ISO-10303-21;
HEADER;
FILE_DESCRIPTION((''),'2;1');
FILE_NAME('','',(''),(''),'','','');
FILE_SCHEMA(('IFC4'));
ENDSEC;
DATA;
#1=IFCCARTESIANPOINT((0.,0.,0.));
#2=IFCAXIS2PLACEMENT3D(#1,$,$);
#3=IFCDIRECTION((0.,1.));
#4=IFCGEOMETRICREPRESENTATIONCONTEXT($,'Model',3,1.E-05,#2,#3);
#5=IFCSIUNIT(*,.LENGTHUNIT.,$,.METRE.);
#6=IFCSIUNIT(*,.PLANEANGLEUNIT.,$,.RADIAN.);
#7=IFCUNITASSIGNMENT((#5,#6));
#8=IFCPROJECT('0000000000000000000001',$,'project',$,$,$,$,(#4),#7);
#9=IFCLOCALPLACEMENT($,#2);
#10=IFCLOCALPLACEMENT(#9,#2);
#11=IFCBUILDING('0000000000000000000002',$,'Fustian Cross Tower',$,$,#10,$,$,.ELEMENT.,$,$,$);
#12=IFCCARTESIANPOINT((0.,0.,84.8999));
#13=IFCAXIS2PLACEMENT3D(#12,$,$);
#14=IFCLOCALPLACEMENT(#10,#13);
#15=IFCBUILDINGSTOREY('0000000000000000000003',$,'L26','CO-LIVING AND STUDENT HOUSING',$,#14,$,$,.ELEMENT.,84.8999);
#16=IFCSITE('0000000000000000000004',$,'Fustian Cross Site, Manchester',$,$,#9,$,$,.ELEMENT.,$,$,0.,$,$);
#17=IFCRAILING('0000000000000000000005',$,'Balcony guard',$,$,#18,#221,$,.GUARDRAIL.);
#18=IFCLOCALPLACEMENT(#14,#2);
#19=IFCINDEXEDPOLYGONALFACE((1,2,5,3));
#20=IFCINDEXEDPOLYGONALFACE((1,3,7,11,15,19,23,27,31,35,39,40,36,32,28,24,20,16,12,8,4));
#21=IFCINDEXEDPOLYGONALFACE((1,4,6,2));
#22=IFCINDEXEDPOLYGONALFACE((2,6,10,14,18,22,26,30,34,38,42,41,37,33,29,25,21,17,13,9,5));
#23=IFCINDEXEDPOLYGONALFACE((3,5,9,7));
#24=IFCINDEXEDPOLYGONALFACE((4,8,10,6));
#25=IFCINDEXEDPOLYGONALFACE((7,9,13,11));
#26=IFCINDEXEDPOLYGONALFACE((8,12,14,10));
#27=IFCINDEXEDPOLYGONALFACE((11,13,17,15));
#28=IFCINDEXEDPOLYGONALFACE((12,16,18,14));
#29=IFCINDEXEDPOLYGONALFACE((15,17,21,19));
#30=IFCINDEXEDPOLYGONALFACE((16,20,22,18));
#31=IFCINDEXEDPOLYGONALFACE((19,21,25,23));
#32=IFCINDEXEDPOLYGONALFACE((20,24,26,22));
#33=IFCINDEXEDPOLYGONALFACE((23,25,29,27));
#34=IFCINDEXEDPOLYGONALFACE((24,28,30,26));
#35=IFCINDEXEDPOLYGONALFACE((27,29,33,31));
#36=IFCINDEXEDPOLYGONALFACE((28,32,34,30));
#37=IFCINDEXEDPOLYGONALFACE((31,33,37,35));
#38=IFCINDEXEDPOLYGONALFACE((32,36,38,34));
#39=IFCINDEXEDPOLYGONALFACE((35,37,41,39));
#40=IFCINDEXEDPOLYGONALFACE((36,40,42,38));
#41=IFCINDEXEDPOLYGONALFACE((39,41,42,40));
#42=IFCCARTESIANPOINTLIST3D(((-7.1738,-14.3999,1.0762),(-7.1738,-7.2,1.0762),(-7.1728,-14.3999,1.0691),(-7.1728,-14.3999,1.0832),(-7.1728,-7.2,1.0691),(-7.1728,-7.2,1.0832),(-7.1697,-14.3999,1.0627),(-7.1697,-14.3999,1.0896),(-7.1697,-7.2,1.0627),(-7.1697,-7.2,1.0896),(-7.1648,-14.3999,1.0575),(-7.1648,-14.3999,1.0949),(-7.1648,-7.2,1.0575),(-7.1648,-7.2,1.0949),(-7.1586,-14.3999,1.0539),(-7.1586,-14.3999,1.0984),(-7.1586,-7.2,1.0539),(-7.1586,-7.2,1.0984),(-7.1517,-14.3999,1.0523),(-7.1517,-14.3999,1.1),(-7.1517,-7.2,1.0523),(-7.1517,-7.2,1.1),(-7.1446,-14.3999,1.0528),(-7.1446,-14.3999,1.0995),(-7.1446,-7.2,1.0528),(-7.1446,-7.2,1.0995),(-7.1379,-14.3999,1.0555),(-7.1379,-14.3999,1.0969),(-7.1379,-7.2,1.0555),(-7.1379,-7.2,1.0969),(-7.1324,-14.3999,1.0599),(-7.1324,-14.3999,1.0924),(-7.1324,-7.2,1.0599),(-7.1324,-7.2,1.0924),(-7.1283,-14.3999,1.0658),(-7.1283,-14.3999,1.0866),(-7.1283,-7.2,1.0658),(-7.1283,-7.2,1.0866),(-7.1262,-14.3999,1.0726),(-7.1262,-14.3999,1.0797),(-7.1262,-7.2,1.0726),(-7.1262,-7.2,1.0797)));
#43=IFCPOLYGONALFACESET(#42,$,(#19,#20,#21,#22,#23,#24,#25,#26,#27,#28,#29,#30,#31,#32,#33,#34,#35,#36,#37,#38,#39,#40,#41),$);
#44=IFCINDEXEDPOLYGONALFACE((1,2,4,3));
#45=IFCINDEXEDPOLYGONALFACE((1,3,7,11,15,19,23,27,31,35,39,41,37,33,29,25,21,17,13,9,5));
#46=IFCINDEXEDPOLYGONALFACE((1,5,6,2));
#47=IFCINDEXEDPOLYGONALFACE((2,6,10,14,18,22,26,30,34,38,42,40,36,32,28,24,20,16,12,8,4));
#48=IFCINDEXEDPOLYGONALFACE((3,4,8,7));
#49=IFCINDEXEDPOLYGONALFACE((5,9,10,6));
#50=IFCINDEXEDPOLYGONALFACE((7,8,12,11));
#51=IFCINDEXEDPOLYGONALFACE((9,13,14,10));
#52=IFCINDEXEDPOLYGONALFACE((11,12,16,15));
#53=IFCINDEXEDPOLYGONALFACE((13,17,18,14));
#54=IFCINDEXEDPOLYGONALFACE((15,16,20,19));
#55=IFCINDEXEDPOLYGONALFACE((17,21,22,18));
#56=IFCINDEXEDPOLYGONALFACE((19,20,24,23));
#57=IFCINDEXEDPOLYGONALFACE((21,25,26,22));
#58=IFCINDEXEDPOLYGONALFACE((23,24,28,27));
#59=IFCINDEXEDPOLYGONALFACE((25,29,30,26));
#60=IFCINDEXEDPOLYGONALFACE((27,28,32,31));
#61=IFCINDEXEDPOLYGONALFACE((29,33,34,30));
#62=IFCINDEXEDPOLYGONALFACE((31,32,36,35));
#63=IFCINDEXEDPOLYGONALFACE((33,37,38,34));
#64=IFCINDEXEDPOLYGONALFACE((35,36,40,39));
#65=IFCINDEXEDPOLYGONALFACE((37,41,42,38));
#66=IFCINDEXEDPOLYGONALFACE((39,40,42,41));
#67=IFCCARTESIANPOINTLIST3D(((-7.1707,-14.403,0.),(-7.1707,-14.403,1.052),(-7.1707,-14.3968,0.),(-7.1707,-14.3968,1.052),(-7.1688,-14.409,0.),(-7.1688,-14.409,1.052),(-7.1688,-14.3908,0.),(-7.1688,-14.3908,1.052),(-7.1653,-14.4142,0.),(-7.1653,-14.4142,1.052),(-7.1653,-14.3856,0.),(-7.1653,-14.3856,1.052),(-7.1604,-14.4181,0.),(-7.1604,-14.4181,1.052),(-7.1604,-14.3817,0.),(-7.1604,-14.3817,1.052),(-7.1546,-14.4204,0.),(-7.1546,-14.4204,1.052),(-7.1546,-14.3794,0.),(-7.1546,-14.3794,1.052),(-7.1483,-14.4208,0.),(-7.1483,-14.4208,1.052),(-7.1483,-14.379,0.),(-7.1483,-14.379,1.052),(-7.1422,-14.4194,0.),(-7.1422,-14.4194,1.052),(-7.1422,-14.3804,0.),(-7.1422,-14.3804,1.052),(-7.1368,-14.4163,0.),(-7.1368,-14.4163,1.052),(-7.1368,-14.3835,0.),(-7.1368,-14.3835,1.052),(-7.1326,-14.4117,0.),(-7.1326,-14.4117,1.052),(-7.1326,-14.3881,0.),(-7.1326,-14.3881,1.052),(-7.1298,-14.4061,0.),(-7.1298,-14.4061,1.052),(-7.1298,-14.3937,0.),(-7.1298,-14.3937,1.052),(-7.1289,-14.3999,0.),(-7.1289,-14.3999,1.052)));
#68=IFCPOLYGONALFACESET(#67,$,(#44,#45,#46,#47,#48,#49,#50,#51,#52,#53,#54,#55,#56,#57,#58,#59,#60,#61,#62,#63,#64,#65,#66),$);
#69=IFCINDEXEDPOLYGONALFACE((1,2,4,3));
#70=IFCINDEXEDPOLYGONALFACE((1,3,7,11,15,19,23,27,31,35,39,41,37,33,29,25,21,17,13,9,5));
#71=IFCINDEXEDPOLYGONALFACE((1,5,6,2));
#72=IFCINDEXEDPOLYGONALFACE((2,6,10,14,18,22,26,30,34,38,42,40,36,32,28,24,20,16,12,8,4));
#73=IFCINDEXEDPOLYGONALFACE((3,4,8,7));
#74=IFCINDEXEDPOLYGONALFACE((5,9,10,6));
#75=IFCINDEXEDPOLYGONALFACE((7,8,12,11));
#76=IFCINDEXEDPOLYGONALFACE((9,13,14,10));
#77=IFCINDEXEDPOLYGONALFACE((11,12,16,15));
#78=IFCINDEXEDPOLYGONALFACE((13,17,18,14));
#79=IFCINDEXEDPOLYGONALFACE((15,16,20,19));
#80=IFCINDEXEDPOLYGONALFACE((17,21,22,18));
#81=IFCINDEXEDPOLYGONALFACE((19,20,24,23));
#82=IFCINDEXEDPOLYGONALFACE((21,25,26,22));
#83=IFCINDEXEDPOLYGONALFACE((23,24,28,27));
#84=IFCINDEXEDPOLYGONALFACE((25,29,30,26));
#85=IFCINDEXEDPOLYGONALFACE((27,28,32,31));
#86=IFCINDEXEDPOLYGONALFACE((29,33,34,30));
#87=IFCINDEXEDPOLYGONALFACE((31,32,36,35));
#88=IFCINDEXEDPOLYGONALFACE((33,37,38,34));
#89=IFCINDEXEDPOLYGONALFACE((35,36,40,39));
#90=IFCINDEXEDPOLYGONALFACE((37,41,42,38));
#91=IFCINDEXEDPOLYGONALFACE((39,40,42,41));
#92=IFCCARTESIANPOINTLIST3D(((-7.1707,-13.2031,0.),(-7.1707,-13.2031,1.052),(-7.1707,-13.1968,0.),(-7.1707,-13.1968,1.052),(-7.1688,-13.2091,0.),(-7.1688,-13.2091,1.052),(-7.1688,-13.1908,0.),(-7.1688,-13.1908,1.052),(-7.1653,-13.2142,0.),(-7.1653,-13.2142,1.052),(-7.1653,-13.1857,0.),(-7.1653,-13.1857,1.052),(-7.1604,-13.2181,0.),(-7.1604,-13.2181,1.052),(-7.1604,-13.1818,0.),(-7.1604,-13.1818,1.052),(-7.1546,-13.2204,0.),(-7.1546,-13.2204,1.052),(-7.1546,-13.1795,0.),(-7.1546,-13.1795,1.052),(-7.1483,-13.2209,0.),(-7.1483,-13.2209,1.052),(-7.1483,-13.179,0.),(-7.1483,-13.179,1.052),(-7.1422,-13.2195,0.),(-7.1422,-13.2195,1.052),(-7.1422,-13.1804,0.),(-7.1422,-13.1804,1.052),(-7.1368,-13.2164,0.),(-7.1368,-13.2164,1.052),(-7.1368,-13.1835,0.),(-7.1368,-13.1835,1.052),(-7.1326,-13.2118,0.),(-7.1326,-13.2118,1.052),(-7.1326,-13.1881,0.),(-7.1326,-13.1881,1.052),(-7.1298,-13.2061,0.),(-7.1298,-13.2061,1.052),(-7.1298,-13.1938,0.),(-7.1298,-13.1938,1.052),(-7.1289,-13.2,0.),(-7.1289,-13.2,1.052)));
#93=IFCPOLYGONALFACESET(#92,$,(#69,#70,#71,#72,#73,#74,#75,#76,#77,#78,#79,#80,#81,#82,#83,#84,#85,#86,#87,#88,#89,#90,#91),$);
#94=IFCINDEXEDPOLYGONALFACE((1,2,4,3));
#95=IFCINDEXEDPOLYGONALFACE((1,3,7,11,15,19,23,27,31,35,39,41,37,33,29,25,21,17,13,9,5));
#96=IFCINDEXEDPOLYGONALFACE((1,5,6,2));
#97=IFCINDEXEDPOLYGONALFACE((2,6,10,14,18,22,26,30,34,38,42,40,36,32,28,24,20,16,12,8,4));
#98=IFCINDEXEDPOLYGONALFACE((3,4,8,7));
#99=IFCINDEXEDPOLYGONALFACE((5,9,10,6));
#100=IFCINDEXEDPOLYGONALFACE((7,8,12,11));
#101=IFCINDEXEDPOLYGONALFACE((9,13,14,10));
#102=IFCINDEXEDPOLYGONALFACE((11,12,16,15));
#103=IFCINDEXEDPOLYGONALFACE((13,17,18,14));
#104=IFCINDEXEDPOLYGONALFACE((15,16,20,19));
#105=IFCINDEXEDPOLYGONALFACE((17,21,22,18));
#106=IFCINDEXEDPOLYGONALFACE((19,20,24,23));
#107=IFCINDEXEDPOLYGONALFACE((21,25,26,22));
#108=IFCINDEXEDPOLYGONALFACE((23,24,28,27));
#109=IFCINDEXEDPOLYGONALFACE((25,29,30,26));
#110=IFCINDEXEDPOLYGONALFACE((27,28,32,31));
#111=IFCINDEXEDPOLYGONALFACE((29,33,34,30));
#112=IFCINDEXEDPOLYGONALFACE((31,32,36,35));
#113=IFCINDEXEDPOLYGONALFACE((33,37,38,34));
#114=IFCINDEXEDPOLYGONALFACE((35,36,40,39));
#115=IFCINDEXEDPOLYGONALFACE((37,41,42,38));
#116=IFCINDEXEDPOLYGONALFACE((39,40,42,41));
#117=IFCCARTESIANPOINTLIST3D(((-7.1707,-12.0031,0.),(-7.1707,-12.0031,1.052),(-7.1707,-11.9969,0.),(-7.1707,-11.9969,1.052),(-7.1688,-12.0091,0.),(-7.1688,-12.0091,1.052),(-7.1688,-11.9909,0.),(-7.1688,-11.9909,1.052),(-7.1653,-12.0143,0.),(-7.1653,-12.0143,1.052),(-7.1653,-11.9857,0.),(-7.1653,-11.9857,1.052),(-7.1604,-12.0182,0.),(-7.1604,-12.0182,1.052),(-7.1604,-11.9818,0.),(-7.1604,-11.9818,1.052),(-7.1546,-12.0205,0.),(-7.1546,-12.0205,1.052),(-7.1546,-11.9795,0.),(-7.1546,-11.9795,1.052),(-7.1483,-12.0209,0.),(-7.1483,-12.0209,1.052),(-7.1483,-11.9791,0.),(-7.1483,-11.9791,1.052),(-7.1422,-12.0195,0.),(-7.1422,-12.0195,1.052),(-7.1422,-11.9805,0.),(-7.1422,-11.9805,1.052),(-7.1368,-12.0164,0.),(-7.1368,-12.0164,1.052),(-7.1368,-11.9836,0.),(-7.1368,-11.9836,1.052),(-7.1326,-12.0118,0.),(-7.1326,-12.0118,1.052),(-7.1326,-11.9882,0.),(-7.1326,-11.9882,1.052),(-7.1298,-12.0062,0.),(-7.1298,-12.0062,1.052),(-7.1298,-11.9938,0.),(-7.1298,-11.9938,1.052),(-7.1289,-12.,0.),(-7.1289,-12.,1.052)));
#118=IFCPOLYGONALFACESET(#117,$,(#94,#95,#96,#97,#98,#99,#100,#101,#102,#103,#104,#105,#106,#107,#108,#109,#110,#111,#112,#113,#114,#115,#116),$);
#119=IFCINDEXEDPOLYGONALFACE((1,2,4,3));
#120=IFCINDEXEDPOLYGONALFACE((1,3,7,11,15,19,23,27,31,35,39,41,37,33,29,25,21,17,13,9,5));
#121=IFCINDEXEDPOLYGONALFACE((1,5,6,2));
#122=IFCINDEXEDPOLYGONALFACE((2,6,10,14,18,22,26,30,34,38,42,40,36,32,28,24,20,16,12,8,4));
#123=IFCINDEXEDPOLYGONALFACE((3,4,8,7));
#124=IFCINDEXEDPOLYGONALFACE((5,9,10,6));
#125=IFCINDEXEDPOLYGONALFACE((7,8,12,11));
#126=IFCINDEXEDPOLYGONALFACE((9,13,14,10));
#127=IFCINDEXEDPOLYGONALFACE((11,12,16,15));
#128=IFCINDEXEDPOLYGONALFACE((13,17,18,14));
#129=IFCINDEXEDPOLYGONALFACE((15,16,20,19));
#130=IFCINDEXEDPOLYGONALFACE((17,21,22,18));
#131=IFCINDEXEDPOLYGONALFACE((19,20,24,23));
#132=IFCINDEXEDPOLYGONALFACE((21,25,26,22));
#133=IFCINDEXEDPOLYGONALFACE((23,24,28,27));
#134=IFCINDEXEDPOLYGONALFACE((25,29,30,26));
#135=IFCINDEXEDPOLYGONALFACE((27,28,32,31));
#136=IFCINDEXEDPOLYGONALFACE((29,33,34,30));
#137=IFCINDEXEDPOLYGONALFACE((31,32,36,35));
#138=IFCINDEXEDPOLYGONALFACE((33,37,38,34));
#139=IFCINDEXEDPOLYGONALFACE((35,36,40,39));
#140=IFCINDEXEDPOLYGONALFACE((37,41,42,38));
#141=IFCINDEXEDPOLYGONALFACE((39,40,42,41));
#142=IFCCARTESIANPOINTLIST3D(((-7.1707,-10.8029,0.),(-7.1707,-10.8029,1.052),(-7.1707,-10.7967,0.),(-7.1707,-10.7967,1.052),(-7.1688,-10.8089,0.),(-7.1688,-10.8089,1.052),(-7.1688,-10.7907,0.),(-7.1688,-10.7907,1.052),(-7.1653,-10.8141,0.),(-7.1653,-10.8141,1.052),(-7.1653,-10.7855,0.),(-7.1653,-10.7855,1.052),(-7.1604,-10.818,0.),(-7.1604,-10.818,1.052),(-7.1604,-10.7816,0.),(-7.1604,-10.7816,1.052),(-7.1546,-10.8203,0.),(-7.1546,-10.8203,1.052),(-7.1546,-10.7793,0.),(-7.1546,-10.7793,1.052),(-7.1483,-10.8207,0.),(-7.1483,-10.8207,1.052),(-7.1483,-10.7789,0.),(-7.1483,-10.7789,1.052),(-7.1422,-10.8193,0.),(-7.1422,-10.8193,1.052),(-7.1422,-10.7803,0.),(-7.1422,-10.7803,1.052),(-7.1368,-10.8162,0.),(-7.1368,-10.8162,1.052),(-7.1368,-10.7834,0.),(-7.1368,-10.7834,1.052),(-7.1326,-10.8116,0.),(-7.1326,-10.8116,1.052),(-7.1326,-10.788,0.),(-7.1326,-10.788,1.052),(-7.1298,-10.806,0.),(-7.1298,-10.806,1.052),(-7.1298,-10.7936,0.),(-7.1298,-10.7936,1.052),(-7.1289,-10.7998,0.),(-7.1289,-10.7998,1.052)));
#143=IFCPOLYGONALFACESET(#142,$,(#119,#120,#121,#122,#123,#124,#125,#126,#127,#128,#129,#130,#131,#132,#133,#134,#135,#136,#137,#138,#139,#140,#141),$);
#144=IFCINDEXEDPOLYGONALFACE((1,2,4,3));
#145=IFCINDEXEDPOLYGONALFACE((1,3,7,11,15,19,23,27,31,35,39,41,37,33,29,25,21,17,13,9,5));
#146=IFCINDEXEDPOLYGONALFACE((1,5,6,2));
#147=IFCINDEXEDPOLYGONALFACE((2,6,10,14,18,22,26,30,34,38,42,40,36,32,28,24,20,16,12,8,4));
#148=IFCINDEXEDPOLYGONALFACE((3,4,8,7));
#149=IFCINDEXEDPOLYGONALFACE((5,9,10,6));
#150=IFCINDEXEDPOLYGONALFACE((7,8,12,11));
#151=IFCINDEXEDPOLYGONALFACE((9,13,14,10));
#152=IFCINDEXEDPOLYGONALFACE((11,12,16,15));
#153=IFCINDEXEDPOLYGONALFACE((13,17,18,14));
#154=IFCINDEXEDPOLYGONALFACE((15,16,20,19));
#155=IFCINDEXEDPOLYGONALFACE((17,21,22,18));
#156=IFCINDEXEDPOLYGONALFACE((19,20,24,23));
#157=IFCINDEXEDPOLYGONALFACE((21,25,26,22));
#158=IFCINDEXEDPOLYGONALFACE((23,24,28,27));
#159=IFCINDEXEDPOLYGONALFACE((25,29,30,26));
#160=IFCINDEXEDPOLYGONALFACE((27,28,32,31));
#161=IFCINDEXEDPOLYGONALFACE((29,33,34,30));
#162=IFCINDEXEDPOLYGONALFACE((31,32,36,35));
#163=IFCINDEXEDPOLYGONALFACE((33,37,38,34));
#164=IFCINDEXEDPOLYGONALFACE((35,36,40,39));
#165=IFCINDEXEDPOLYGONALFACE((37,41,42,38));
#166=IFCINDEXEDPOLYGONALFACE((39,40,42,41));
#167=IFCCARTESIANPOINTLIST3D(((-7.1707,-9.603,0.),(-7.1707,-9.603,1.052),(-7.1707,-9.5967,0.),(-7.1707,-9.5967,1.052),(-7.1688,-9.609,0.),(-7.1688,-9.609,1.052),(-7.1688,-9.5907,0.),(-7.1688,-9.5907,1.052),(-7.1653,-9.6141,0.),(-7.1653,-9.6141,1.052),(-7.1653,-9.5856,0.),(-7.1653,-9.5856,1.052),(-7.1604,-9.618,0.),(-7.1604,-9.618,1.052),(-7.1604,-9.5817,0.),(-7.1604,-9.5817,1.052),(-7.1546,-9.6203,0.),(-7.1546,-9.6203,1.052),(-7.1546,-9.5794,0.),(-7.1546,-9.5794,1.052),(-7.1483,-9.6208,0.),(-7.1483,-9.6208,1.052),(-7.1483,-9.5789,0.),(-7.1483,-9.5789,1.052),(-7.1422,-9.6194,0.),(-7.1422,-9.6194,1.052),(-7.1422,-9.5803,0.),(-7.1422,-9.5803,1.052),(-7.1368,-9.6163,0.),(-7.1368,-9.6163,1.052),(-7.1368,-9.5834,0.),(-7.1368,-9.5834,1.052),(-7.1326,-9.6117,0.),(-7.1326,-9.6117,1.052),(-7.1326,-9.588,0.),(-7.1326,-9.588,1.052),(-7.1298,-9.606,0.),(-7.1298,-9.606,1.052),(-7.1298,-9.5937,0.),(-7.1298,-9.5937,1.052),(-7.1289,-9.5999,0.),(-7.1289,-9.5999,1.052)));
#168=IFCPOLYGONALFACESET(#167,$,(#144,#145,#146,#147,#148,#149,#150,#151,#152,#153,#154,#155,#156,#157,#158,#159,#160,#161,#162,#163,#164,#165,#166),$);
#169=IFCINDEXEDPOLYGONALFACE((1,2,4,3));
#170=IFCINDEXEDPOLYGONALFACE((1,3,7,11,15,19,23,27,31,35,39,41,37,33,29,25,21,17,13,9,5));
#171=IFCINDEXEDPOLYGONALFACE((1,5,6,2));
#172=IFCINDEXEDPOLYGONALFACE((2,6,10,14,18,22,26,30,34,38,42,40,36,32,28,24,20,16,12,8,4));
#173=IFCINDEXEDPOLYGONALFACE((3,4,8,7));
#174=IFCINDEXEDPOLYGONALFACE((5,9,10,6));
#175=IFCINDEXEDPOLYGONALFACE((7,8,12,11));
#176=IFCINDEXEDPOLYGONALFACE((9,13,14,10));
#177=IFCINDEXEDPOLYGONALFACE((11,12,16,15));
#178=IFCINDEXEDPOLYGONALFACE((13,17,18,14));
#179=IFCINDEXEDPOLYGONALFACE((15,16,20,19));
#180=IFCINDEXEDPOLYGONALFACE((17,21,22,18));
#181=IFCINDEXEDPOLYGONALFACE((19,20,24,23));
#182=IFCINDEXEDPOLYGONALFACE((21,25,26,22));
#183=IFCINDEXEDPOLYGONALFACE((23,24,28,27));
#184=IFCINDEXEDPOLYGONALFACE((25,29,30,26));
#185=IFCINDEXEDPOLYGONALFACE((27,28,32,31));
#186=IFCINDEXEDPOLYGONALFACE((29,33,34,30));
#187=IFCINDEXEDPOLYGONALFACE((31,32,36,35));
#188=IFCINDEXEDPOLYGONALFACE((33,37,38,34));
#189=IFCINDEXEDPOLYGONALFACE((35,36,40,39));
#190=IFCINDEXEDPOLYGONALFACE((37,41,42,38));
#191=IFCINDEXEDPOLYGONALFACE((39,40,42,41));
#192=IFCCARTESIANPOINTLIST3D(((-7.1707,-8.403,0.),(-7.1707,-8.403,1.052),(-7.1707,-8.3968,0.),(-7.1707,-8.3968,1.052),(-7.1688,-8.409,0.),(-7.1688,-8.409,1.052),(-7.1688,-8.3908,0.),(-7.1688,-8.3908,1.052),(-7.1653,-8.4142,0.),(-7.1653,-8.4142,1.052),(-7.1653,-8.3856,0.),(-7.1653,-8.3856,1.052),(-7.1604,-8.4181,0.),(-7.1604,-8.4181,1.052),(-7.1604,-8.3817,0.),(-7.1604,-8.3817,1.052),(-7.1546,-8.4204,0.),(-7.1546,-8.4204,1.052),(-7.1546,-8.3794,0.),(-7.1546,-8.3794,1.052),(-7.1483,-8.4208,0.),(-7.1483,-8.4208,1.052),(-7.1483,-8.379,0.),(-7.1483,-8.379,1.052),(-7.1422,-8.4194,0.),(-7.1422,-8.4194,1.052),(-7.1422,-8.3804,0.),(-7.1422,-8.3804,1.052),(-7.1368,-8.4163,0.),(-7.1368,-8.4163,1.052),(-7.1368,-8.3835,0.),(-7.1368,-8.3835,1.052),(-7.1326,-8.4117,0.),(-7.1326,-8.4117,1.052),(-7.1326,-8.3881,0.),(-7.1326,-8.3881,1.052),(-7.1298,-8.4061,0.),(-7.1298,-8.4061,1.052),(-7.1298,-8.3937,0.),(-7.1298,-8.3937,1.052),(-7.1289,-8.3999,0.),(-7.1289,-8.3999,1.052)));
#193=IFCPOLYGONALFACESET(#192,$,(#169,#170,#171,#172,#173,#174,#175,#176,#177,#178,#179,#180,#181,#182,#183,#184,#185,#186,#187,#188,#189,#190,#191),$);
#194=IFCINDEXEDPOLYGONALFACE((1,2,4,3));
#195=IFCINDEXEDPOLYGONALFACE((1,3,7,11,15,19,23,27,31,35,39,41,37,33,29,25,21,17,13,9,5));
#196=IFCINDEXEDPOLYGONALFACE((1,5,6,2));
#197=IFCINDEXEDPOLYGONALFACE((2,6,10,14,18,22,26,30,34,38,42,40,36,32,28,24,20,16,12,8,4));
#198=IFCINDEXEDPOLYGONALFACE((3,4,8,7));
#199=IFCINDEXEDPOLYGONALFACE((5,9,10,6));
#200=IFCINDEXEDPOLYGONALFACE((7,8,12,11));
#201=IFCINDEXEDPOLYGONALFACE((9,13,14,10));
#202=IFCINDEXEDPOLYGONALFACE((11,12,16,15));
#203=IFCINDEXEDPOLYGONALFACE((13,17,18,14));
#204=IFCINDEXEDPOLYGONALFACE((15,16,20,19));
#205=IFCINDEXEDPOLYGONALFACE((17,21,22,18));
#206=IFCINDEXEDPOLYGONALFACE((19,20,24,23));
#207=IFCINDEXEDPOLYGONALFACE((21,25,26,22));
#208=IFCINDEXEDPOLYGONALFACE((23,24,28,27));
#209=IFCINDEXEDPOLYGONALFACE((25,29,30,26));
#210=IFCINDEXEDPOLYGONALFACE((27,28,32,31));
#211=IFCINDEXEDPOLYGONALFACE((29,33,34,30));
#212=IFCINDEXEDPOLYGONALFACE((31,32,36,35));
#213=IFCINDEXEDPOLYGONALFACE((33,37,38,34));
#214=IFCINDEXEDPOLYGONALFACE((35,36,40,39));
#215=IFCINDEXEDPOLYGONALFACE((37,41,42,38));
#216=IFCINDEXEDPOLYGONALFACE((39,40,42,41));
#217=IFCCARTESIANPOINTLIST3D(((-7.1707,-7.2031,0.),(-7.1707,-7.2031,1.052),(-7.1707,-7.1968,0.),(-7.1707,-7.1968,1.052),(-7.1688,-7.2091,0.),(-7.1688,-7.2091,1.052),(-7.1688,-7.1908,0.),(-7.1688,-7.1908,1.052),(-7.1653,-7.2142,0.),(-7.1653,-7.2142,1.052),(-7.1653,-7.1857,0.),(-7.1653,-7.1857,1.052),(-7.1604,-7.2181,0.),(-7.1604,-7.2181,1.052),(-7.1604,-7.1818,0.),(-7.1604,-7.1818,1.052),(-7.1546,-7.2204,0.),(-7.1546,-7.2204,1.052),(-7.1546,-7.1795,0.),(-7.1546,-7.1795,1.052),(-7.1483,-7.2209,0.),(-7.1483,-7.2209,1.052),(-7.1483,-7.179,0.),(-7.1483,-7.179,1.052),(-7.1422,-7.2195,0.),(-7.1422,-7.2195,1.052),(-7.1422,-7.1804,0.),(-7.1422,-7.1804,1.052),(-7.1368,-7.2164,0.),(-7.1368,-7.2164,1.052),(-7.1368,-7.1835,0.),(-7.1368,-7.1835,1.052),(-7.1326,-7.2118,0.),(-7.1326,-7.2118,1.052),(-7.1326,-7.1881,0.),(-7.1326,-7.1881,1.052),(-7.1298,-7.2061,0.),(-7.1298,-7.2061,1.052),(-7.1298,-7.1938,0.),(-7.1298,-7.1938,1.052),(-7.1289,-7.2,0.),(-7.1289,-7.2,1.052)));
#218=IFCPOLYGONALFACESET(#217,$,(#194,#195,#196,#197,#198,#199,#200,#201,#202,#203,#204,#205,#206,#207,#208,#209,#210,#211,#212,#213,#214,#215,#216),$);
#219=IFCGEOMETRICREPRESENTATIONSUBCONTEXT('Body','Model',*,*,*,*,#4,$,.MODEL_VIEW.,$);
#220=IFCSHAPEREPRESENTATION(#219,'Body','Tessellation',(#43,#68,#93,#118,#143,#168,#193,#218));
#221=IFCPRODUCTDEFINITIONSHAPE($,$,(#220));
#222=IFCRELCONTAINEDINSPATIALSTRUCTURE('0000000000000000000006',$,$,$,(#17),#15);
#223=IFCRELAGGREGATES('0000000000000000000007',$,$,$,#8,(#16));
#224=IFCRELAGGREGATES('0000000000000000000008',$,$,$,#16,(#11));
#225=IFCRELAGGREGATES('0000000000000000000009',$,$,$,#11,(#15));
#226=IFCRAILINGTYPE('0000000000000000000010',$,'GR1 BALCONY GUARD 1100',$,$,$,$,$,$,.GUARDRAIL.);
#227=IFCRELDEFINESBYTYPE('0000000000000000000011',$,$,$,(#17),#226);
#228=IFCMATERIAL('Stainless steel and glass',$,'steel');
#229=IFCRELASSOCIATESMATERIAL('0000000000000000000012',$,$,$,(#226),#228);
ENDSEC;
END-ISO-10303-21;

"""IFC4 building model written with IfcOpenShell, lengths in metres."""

from ifc_helpers import new_model, si_unit, direction, frame, origin, origin_2d, place, context, subcontext, project, spatial, circle, extrude, material, type_object, element, save


model = new_model("IFC4")

# Units and contexts
model_context = context("Model", 3, precision=1e-05, world=origin(), true_north=direction((0.0, 1.0)))
body_context = subcontext(model_context, "Body", "Model", "MODEL_VIEW")
ifc_project = project(units=[si_unit("LENGTHUNIT", "METRE"), si_unit("PLANEANGLEUNIT", "RADIAN")], contexts=[model_context])

# Site, building, storey
site_placement = place(None, origin())
site = spatial("IfcSite", under=ifc_project, at=site_placement, Name="Fustian Cross Site, Manchester", CompositionType="ELEMENT", RefElevation=0.0)
building_placement = place(site_placement, origin())
building = spatial("IfcBuilding", under=site, at=building_placement, Name="Fustian Cross Tower", CompositionType="ELEMENT")
storey_placement = place(building_placement, frame((0.0, 0.0, 84.8999)))
storey = spatial("IfcBuildingStorey", under=building, at=storey_placement, Name="L26", Description="CO-LIVING AND STUDENT HOUSING", CompositionType="ELEMENT", Elevation=84.8999)

# Railing
ifc_material_1 = material(Name="Stainless steel and glass", Category="steel")
railing_type_1 = type_object("IfcRailingType", Name="GR1 BALCONY GUARD 1100", PredefinedType="GUARDRAIL", material=ifc_material_1)
railing_1_placement = place(storey_placement, frame((-7.1499, -14.3999, 0.0)))
element("IfcRailing", 1, at=railing_1_placement, inside=storey, type_object=railing_type_1, Name="Balcony guard", PredefinedType="GUARDRAIL", context=body_context, shape_type="SweptSolid", body=[
    extrude(circle(Radius=0.0239, at=origin_2d()), frame((0.0, 0.0, 1.0762), z_axis=(0.0, 1.0, 0.0), x_axis=(-1.0, 0.0, 0.0)), (0.0, 0.0, 1.0), 7.2),
    extrude(circle(Radius=0.021, at=origin_2d()), origin(), (0.0, 0.0, 1.0), 1.052),
    extrude(circle(Radius=0.021, at=origin_2d()), frame((0.0, 1.2, 0.0)), (0.0, 0.0, 1.0), 1.052),
    extrude(circle(Radius=0.021, at=origin_2d()), frame((0.0, 2.3999, 0.0)), (0.0, 0.0, 1.0), 1.052),
    extrude(circle(Radius=0.021, at=origin_2d()), frame((0.0, 3.6001, 0.0)), (0.0, 0.0, 1.0), 1.052),
    extrude(circle(Radius=0.021, at=origin_2d()), frame((0.0, 4.8, 0.0)), (0.0, 0.0, 1.0), 1.052),
    extrude(circle(Radius=0.021, at=origin_2d()), frame((0.0, 6.0, 0.0)), (0.0, 0.0, 1.0), 1.052),
    extrude(circle(Radius=0.021, at=origin_2d()), frame((0.0, 7.2, 0.0)), (0.0, 0.0, 1.0), 1.052),
])

save(model, "model.ifc")
